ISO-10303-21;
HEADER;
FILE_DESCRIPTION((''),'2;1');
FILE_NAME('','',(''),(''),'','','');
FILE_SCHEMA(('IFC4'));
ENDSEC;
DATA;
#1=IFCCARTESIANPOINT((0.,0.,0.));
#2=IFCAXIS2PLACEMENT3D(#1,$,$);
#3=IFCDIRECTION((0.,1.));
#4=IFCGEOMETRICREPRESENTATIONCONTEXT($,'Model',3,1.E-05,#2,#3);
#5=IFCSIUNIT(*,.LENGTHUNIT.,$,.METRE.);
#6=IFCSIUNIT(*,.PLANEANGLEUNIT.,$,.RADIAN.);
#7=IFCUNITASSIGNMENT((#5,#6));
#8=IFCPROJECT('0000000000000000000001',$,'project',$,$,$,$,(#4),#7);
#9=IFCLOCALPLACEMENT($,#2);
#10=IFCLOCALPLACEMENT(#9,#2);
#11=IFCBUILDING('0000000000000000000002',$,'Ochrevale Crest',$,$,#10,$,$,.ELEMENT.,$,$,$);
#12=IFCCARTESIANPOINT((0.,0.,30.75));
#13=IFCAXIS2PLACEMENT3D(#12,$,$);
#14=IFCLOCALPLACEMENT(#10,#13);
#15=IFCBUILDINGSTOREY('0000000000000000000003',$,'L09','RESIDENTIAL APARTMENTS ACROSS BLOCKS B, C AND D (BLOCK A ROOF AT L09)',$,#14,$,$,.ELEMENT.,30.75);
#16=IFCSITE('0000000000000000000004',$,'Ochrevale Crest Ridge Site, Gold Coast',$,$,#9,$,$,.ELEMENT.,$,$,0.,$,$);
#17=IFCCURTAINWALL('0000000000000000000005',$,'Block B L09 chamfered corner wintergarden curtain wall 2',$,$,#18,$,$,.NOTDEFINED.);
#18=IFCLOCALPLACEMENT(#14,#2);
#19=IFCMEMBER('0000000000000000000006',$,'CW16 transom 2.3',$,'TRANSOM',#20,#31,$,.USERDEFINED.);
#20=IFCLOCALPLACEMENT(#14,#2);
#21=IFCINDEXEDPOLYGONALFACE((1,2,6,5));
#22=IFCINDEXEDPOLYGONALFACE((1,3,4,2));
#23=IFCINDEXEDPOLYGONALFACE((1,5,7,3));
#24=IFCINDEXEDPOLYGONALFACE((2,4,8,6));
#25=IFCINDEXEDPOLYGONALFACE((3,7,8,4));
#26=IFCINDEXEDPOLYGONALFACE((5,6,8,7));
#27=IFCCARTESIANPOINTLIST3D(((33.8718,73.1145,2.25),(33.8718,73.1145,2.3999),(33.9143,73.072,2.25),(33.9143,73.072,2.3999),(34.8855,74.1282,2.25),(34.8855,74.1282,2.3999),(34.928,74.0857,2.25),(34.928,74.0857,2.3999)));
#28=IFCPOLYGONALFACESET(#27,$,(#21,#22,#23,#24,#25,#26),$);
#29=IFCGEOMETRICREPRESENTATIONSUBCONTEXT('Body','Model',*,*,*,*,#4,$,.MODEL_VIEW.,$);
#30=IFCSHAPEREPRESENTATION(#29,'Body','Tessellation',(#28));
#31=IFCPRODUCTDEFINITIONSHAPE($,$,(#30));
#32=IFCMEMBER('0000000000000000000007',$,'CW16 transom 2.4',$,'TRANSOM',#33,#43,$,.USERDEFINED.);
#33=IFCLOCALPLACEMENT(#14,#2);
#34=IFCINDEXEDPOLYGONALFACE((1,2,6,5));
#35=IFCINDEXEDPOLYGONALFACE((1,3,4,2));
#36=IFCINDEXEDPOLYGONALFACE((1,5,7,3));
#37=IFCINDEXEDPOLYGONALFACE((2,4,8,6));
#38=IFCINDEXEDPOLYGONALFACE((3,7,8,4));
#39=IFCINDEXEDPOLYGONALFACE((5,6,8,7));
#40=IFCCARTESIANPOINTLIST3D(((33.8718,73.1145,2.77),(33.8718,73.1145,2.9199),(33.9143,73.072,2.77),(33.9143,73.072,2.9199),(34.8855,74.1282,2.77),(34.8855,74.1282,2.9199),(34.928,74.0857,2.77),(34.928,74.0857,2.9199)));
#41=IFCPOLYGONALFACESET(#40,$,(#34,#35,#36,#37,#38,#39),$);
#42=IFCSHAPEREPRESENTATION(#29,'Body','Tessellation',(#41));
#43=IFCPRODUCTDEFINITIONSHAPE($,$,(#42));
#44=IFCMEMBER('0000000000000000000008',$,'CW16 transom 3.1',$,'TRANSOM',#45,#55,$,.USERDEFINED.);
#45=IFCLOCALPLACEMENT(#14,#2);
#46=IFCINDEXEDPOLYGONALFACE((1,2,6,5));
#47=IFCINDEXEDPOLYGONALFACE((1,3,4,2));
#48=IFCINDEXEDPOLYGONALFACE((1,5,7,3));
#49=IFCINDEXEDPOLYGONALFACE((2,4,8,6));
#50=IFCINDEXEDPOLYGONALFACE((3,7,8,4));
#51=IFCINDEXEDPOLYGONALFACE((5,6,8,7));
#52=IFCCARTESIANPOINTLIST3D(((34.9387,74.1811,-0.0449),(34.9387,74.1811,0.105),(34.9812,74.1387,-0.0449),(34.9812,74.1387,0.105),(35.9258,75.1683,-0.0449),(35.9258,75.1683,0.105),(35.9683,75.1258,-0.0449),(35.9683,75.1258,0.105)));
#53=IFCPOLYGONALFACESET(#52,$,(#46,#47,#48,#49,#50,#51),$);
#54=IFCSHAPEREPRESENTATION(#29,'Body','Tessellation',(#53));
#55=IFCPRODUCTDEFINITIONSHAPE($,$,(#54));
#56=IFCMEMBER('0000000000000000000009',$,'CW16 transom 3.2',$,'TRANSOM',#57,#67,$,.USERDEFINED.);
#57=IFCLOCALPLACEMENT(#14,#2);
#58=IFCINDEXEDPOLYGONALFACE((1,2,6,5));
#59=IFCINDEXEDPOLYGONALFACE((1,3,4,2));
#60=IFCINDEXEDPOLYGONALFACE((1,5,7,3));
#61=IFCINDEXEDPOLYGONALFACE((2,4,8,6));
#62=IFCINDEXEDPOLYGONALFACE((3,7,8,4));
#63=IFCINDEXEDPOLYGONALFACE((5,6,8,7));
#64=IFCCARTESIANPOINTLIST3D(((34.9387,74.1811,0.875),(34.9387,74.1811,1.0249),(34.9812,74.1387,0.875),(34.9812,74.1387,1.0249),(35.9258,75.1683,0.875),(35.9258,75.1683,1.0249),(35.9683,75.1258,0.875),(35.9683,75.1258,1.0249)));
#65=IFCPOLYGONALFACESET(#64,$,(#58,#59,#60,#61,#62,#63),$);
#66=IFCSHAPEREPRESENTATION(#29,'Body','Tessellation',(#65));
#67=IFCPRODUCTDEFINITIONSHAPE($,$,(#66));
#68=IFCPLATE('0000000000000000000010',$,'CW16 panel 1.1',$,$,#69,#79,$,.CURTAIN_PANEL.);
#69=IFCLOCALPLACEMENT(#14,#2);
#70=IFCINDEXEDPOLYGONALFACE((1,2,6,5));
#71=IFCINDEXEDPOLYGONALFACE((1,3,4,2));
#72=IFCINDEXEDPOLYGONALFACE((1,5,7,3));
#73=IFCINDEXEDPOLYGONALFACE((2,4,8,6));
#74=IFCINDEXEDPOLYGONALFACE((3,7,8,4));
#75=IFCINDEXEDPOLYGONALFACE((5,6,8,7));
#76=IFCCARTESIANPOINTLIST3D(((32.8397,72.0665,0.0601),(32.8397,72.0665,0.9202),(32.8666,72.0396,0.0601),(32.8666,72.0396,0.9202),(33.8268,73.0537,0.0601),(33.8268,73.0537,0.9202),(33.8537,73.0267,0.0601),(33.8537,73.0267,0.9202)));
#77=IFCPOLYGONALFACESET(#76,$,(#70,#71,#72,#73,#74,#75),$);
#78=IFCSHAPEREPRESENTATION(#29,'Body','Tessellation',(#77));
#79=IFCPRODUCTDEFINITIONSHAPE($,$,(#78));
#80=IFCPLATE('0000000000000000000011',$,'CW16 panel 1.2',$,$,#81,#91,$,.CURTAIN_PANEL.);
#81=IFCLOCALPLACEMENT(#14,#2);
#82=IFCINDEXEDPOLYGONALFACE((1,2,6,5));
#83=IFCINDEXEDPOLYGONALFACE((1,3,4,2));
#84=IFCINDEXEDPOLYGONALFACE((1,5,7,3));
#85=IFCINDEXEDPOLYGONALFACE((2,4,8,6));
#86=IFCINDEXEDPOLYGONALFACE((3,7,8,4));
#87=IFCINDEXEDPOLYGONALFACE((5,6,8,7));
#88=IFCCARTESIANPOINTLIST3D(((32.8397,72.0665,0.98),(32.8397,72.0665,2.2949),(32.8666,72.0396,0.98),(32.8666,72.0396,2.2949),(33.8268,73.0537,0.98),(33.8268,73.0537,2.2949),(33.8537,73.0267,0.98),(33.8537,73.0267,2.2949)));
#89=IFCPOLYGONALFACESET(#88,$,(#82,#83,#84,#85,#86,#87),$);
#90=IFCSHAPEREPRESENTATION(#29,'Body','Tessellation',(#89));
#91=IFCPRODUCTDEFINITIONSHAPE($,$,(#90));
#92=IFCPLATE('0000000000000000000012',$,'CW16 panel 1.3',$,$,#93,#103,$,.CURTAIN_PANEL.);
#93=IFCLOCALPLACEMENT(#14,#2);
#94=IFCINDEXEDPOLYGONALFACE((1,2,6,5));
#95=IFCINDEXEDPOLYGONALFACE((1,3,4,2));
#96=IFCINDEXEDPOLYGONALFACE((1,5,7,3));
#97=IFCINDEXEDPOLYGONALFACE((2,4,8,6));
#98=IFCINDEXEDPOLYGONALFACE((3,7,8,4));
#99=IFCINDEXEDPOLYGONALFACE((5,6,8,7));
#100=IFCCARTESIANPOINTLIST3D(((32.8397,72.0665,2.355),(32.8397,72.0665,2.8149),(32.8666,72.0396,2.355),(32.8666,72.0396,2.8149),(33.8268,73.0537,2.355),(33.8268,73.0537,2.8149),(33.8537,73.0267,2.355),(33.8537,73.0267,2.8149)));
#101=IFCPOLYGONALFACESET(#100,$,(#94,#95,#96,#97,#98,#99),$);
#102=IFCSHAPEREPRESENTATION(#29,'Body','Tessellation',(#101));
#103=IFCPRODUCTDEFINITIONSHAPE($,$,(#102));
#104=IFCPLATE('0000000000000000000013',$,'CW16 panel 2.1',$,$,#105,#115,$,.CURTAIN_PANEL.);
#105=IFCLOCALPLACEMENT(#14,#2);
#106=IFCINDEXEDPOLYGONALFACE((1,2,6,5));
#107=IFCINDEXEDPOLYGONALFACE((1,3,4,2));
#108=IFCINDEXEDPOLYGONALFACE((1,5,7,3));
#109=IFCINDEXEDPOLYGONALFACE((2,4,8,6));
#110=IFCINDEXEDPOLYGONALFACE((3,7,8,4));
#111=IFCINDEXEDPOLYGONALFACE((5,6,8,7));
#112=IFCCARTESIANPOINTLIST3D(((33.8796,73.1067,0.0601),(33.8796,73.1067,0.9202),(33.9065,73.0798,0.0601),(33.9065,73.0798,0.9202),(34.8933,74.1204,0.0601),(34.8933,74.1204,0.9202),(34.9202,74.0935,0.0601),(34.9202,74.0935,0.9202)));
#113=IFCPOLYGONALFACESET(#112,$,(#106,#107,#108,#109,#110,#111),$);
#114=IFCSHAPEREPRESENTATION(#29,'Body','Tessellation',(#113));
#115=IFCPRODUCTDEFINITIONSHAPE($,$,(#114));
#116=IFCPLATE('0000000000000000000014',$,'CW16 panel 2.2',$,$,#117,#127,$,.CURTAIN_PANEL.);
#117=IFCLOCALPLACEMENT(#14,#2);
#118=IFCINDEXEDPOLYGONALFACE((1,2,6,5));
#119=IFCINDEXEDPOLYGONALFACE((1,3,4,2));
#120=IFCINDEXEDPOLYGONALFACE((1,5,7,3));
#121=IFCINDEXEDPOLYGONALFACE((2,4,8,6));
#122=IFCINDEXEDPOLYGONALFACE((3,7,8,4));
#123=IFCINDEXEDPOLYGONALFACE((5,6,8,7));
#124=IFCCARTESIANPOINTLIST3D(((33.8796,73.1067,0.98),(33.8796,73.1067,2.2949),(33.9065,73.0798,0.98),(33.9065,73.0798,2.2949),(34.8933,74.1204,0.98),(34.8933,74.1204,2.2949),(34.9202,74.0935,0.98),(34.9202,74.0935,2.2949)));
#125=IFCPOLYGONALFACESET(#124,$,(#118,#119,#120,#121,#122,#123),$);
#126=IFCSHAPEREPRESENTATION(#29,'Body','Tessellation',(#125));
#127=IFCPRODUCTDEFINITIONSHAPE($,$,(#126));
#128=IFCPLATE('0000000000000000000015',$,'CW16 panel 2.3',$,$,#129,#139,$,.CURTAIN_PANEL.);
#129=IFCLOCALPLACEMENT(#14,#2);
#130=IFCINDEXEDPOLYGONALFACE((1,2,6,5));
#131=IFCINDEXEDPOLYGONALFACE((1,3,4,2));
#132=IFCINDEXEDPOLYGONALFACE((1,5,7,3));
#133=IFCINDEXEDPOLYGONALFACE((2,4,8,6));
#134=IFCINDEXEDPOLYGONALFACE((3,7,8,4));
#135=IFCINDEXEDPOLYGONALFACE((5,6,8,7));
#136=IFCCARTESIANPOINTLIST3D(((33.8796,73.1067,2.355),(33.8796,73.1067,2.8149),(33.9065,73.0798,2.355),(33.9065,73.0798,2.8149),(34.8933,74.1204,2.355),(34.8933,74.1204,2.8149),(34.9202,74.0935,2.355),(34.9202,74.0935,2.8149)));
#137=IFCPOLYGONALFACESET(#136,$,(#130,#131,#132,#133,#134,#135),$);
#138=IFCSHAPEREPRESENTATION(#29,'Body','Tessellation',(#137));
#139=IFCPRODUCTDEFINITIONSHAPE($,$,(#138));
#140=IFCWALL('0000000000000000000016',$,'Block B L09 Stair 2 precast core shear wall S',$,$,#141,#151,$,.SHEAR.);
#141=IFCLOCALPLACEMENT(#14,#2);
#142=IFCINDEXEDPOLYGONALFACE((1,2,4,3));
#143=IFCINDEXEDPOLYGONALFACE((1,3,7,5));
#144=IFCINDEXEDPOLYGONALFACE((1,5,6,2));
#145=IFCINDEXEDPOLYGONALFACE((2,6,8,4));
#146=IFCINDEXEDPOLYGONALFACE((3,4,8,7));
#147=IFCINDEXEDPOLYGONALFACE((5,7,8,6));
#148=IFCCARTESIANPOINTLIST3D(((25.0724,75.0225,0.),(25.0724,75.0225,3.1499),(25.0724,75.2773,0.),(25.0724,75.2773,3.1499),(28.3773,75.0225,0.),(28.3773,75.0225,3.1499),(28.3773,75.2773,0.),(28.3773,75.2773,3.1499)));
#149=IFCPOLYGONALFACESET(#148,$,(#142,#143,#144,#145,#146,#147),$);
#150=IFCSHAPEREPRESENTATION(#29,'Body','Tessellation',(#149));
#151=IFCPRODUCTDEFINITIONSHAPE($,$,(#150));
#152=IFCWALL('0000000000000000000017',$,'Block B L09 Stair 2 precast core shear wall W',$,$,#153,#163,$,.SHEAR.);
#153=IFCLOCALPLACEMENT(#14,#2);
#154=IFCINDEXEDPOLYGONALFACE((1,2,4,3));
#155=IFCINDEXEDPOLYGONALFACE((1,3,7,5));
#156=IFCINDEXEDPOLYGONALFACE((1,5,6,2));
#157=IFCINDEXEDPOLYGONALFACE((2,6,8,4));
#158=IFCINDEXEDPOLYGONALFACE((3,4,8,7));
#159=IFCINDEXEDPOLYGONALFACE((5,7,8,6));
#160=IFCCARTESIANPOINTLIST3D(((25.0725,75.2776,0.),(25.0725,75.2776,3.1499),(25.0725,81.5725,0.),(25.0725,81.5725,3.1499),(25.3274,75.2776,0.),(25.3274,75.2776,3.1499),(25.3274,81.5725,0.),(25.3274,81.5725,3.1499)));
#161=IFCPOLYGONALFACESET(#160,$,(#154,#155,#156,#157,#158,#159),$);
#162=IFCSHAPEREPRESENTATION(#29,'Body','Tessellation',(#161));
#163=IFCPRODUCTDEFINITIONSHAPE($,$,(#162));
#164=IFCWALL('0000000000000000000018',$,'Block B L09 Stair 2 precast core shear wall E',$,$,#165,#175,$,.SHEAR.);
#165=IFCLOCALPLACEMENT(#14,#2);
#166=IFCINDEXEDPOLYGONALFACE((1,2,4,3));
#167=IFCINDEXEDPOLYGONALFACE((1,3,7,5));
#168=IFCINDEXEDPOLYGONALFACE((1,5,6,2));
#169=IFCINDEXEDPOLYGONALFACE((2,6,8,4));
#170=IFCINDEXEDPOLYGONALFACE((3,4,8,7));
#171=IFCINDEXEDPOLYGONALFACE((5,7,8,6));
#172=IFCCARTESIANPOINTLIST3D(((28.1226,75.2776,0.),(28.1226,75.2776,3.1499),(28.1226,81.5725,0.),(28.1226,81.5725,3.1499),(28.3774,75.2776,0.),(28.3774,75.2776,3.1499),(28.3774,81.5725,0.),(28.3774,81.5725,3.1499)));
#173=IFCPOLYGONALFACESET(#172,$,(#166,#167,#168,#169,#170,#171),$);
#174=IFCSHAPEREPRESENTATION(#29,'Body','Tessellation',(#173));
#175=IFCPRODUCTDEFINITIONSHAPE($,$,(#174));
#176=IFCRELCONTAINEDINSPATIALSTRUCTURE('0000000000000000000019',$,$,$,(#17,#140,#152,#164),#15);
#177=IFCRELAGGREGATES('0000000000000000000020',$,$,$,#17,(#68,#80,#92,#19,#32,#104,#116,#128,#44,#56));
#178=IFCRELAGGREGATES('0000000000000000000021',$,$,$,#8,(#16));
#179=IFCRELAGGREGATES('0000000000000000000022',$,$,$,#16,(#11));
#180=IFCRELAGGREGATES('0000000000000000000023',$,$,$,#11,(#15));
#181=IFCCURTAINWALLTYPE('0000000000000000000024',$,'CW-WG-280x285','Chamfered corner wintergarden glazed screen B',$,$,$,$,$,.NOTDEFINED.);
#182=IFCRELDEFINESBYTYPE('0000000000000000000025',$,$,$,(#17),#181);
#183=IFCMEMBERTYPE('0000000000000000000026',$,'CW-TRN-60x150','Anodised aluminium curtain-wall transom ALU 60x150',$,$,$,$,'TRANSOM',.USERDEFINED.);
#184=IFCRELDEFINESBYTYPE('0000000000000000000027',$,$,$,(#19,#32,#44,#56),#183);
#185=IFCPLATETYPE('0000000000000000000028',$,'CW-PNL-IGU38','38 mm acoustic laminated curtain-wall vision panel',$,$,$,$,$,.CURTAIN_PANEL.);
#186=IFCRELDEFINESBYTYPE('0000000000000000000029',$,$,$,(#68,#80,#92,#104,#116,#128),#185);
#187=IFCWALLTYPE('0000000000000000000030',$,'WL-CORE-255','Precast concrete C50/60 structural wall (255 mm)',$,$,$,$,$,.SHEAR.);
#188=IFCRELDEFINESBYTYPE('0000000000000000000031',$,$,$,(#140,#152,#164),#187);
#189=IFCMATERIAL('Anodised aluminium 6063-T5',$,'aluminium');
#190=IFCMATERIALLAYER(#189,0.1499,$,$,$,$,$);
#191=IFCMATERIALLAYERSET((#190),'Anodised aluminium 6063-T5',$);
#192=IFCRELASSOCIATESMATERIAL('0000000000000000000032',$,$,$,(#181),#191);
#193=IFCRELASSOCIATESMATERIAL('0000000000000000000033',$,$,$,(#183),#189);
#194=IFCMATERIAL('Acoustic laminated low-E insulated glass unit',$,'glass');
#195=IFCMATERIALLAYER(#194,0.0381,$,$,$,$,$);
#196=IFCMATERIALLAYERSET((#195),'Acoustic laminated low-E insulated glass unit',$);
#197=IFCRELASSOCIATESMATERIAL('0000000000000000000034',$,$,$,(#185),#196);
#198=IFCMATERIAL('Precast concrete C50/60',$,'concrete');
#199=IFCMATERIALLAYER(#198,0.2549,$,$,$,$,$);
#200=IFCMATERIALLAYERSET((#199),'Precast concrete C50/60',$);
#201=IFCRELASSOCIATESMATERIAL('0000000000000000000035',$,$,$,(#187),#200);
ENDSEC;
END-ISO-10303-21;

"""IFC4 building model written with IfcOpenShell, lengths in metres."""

from ifc_helpers import new_model, si_unit, direction, frame, frame_2d, origin, origin_2d, place, context, subcontext, project, spatial, rectangle, extrude, material, layer, layer_set, material_profile, profile_set, type_object, element, aggregate, save


model = new_model("IFC4")

# Units and contexts
model_context = context("Model", 3, precision=1e-05, world=origin(), true_north=direction((0.0, 1.0)))
body_context = subcontext(model_context, "Body", "Model", "MODEL_VIEW")
ifc_project = project(units=[si_unit("LENGTHUNIT", "METRE"), si_unit("PLANEANGLEUNIT", "RADIAN")], contexts=[model_context])

# Site, building, storey
site_placement = place(None, origin())
site = spatial("IfcSite", under=ifc_project, at=site_placement, Name="Ochrevale Crest Ridge Site, Gold Coast", CompositionType="ELEMENT", RefElevation=0.0)
building_placement = place(site_placement, origin())
building = spatial("IfcBuilding", under=site, at=building_placement, Name="Ochrevale Crest", CompositionType="ELEMENT")
storey_placement = place(building_placement, frame((0.0, 0.0, 30.75)))
storey = spatial("IfcBuildingStorey", under=building, at=storey_placement, Name="L09", Description="RESIDENTIAL APARTMENTS ACROSS BLOCKS B, C AND D (BLOCK A ROOF AT L09)", CompositionType="ELEMENT", Elevation=30.75)

# Shared definitions
ifc_material_1 = material(Name="Precast concrete C50/60", Category="concrete")

# Curtain wall, members, plates
ifc_material_2 = material(Name="Anodised aluminium 6063-T5", Category="aluminium")
ifc_layer_1 = layer(ifc_material_2, 0.1499)
ifc_layer_set_1 = layer_set([ifc_layer_1], Name="Anodised aluminium 6063-T5")
curtain_wall_type = type_object("IfcCurtainWallType", Name="CW-WG-280x285", Description="Chamfered corner wintergarden glazed screen B", PredefinedType="NOTDEFINED", material=ifc_layer_set_1)
curtain_wall_placement = place(storey_placement, origin())
curtain_wall = element("IfcCurtainWall", 1, at=curtain_wall_placement, inside=storey, type_object=curtain_wall_type, Name="Block B L09 chamfered corner wintergarden curtain wall 2", PredefinedType="NOTDEFINED")
ifc_material_profile_1 = material_profile(ifc_material_2, rectangle(XDim=0.0601, YDim=0.1499, at=origin_2d()), Name="ALU 60x150")
ifc_profile_set_1 = profile_set([ifc_material_profile_1], Name="Anodised aluminium 6063-T5")
member_type_1 = type_object("IfcMemberType", Name="CW-TRN-60x150", Description="Anodised aluminium curtain-wall transom ALU 60x150", ElementType="TRANSOM", PredefinedType="USERDEFINED", material=ifc_profile_set_1)
member_1_placement = place(storey_placement, frame((33.8931, 73.0933, 2.325), z_axis=(0.707107, 0.707107, 0.0), x_axis=(-0.707107, 0.707107, 0.0)))
member_1 = element("IfcMember", 2, at=member_1_placement, type_object=member_type_1, Name="CW16 transom 2.3", ObjectType="TRANSOM", PredefinedType="USERDEFINED", context=body_context, shape_type="SweptSolid", body=[
    extrude(rectangle(XDim=0.0601, YDim=0.1499, at=origin_2d()), origin(), (0.0, 0.0, 1.0), 1.4336),
])
member_2_placement = place(storey_placement, frame((33.8931, 73.0933, 2.845), z_axis=(0.707107, 0.707107, 0.0), x_axis=(-0.707107, 0.707107, 0.0)))
member_2 = element("IfcMember", 3, at=member_2_placement, type_object=member_type_1, Name="CW16 transom 2.4", ObjectType="TRANSOM", PredefinedType="USERDEFINED", context=body_context, shape_type="SweptSolid", body=[
    extrude(rectangle(XDim=0.0601, YDim=0.1499, at=origin_2d()), origin(), (0.0, 0.0, 1.0), 1.4336),
])
member_3_placement = place(storey_placement, frame((34.96, 74.1599, 0.03), z_axis=(0.707107, 0.707107, 0.0), x_axis=(-0.707107, 0.707107, 0.0)))
member_3 = element("IfcMember", 4, at=member_3_placement, type_object=member_type_1, Name="CW16 transom 3.1", ObjectType="TRANSOM", PredefinedType="USERDEFINED", context=body_context, shape_type="SweptSolid", body=[
    extrude(rectangle(XDim=0.0601, YDim=0.1499, at=origin_2d()), origin(), (0.0, 0.0, 1.0), 1.396),
])
member_4_placement = place(storey_placement, frame((34.96, 74.1599, 0.95), z_axis=(0.707107, 0.707107, 0.0), x_axis=(-0.707107, 0.707107, 0.0)))
member_4 = element("IfcMember", 5, at=member_4_placement, type_object=member_type_1, Name="CW16 transom 3.2", ObjectType="TRANSOM", PredefinedType="USERDEFINED", context=body_context, shape_type="SweptSolid", body=[
    extrude(rectangle(XDim=0.0601, YDim=0.1499, at=origin_2d()), origin(), (0.0, 0.0, 1.0), 1.396),
])
ifc_material_3 = material(Name="Acoustic laminated low-E insulated glass unit", Category="glass")
ifc_layer_2 = layer(ifc_material_3, 0.0381)
ifc_layer_set_2 = layer_set([ifc_layer_2], Name="Acoustic laminated low-E insulated glass unit")
plate_type = type_object("IfcPlateType", Name="CW-PNL-IGU38", Description="38 mm acoustic laminated curtain-wall vision panel", PredefinedType="CURTAIN_PANEL", material=ifc_layer_set_2)
plate_1_placement = place(storey_placement, frame((33.3467, 72.5466, 0.0601), z_axis=(0.0, 0.0, 1.0), x_axis=(0.707107, 0.707107, 0.0)))
plate_1 = element("IfcPlate", 6, at=plate_1_placement, type_object=plate_type, Name="CW16 panel 1.1", PredefinedType="CURTAIN_PANEL", context=body_context, shape_type="SweptSolid", body=[
    extrude(rectangle(XDim=1.396, YDim=0.0381, at=origin_2d()), origin(), (0.0, 0.0, 1.0), 0.8601),
])
plate_2_placement = place(storey_placement, frame((33.3467, 72.5466, 0.98), z_axis=(0.0, 0.0, 1.0), x_axis=(0.707107, 0.707107, 0.0)))
plate_2 = element("IfcPlate", 7, at=plate_2_placement, type_object=plate_type, Name="CW16 panel 1.2", PredefinedType="CURTAIN_PANEL", context=body_context, shape_type="SweptSolid", body=[
    extrude(rectangle(XDim=1.396, YDim=0.0381, at=origin_2d()), origin(), (0.0, 0.0, 1.0), 1.3149),
])
plate_3_placement = place(storey_placement, frame((33.3467, 72.5466, 2.355), z_axis=(0.0, 0.0, 1.0), x_axis=(0.707107, 0.707107, 0.0)))
plate_3 = element("IfcPlate", 8, at=plate_3_placement, type_object=plate_type, Name="CW16 panel 1.3", PredefinedType="CURTAIN_PANEL", context=body_context, shape_type="SweptSolid", body=[
    extrude(rectangle(XDim=1.396, YDim=0.0381, at=origin_2d()), origin(), (0.0, 0.0, 1.0), 0.46),
])
plate_4_placement = place(storey_placement, frame((34.3999, 73.6001, 0.0601), z_axis=(0.0, 0.0, 1.0), x_axis=(0.707107, 0.707107, 0.0)))
plate_4 = element("IfcPlate", 9, at=plate_4_placement, type_object=plate_type, Name="CW16 panel 2.1", PredefinedType="CURTAIN_PANEL", context=body_context, shape_type="SweptSolid", body=[
    extrude(rectangle(XDim=1.4336, YDim=0.0381, at=origin_2d()), origin(), (0.0, 0.0, 1.0), 0.8601),
])
plate_5_placement = place(storey_placement, frame((34.3999, 73.6001, 0.98), z_axis=(0.0, 0.0, 1.0), x_axis=(0.707107, 0.707107, 0.0)))
plate_5 = element("IfcPlate", 10, at=plate_5_placement, type_object=plate_type, Name="CW16 panel 2.2", PredefinedType="CURTAIN_PANEL", context=body_context, shape_type="SweptSolid", body=[
    extrude(rectangle(XDim=1.4336, YDim=0.0381, at=origin_2d()), origin(), (0.0, 0.0, 1.0), 1.3149),
])
plate_6_placement = place(storey_placement, frame((34.3999, 73.6001, 2.355), z_axis=(0.0, 0.0, 1.0), x_axis=(0.707107, 0.707107, 0.0)))
plate_6 = element("IfcPlate", 11, at=plate_6_placement, type_object=plate_type, Name="CW16 panel 2.3", PredefinedType="CURTAIN_PANEL", context=body_context, shape_type="SweptSolid", body=[
    extrude(rectangle(XDim=1.4336, YDim=0.0381, at=origin_2d()), origin(), (0.0, 0.0, 1.0), 0.46),
])
aggregate(curtain_wall, [plate_1, plate_2, plate_3, member_1, member_2, plate_4, plate_5, plate_6, member_3, member_4])

# Walls
ifc_layer_3 = layer(ifc_material_1, 0.2549)
ifc_layer_set_3 = layer_set([ifc_layer_3], Name="Precast concrete C50/60")
wall_type_1 = type_object("IfcWallType", Name="WL-CORE-255", Description="Precast concrete C50/60 structural wall (255 mm)", PredefinedType="SHEAR", material=ifc_layer_set_3)
wall_1_placement = place(storey_placement, frame((25.0725, 75.1499, 0.0), z_axis=(0.0, 0.0, 1.0), x_axis=(1.0, 0.0, 0.0)))
element("IfcWall", 12, at=wall_1_placement, inside=storey, type_object=wall_type_1, Name="Block B L09 Stair 2 precast core shear wall S", PredefinedType="SHEAR", context=body_context, shape_type="SweptSolid", body=[
    extrude(rectangle(XDim=3.3049, YDim=0.2549, at=frame_2d((1.6523, 0.0))), origin(), (0.0, 0.0, 1.0), 3.1499),
])
for number, where, z_axis, x_axis, name in (
    (13, (25.2, 75.2776, 0.0), (0.0, 0.0, 1.0), (0.0, 1.0, 0.0), "Block B L09 Stair 2 precast core shear wall W"),
    (14, (28.25, 75.2776, 0.0), (0.0, 0.0, 1.0), (0.0, 1.0, 0.0), "Block B L09 Stair 2 precast core shear wall E"),
):
    element("IfcWall", number, at=place(storey_placement, frame(where, z_axis=z_axis, x_axis=x_axis)), inside=storey, type_object=wall_type_1, Name=name, PredefinedType="SHEAR", context=body_context, shape_type="SweptSolid", body=[
        extrude(rectangle(XDim=6.2949, YDim=0.2549, at=frame_2d((3.1475, 0.0))), origin(), (0.0, 0.0, 1.0), 3.1499),
    ])

save(model, "model.ifc")
